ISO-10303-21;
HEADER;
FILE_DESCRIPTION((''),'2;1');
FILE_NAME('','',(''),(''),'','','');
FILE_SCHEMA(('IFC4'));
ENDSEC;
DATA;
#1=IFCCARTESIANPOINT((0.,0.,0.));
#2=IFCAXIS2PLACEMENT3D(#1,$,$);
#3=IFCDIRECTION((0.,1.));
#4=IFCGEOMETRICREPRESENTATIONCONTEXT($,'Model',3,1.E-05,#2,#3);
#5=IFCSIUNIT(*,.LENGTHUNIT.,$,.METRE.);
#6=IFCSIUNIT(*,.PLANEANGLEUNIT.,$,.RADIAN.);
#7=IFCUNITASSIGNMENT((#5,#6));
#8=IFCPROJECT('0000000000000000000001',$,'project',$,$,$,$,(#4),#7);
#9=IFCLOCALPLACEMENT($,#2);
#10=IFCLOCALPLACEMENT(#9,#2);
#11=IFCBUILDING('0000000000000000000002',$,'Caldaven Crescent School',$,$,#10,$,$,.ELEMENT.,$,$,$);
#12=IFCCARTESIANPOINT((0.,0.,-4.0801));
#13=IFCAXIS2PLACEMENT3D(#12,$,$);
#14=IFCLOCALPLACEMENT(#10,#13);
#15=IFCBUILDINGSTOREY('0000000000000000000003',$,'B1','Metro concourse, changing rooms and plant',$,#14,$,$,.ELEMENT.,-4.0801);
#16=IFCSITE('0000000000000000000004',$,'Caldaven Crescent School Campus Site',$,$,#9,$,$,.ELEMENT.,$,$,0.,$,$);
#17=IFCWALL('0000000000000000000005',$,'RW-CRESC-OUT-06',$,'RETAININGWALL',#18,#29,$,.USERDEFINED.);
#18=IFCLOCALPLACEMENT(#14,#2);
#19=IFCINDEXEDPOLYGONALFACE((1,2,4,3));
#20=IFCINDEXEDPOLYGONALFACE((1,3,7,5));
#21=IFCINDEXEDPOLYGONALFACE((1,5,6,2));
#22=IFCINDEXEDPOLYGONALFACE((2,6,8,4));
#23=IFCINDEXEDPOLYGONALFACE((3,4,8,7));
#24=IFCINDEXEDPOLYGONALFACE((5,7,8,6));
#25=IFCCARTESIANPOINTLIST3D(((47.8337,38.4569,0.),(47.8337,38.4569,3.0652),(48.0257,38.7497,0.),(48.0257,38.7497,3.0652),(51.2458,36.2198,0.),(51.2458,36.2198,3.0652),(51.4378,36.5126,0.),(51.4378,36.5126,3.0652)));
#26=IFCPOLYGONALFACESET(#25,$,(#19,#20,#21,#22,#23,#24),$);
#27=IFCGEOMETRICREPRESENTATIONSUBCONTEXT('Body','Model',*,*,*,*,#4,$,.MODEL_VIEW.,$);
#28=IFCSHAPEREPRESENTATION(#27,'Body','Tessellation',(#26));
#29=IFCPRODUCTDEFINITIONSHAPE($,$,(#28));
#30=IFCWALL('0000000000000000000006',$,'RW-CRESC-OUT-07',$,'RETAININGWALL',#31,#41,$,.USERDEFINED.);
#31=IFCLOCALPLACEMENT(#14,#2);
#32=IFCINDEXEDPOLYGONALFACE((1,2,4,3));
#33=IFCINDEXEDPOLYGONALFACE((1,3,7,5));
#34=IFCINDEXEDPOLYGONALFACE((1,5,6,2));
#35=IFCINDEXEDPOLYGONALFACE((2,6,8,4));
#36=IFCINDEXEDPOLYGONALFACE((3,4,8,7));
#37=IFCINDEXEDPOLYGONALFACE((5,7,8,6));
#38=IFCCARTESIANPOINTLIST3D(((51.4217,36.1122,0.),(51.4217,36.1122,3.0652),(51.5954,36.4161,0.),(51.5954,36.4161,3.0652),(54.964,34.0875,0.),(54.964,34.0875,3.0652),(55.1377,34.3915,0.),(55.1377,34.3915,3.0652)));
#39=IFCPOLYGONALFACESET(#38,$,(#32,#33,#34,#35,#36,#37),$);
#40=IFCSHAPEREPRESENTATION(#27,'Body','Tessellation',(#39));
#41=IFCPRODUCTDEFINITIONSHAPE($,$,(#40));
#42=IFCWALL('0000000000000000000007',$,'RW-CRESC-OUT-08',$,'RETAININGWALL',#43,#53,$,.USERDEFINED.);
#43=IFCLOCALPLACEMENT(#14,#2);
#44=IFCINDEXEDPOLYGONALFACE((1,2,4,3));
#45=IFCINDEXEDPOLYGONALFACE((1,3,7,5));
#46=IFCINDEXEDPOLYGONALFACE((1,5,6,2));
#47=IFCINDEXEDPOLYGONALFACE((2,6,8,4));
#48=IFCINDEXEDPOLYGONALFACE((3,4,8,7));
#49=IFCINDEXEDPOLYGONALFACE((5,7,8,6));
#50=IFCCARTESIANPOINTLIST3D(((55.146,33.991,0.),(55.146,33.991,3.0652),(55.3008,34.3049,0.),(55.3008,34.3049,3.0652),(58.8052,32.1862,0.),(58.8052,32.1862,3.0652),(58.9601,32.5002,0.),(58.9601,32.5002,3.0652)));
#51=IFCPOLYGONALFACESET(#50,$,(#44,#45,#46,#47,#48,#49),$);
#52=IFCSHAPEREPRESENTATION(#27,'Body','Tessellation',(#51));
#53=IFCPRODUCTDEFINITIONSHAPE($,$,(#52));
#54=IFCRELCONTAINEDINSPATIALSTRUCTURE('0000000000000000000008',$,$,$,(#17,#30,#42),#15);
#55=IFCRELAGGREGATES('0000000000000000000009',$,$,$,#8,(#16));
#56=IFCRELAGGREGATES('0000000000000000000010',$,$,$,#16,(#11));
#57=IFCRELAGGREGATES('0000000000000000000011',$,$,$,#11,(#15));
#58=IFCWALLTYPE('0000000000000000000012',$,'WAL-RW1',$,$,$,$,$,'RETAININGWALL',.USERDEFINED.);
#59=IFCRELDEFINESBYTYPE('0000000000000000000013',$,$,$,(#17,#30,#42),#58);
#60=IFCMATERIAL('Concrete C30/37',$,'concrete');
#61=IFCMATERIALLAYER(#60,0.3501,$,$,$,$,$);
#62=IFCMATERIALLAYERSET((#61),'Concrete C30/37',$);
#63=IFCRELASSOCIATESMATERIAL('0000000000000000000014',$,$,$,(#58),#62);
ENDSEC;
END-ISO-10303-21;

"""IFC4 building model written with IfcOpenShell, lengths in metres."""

from ifc_helpers import new_model, si_unit, direction, frame, frame_2d, origin, place, context, subcontext, project, spatial, rectangle, extrude, material, layer, layer_set, type_object, element, save


model = new_model("IFC4")

# Units and contexts
model_context = context("Model", 3, precision=1e-05, world=origin(), true_north=direction((0.0, 1.0)))
body_context = subcontext(model_context, "Body", "Model", "MODEL_VIEW")
ifc_project = project(units=[si_unit("LENGTHUNIT", "METRE"), si_unit("PLANEANGLEUNIT", "RADIAN")], contexts=[model_context])

# Site, building, storey
site_placement = place(None, origin())
site = spatial("IfcSite", under=ifc_project, at=site_placement, Name="Caldaven Crescent School Campus Site", CompositionType="ELEMENT", RefElevation=0.0)
building_placement = place(site_placement, origin())
building = spatial("IfcBuilding", under=site, at=building_placement, Name="Caldaven Crescent School", CompositionType="ELEMENT")
storey_placement = place(building_placement, frame((0.0, 0.0, -4.0801)))
storey = spatial("IfcBuildingStorey", under=building, at=storey_placement, Name="B1", Description="Metro concourse, changing rooms and plant", CompositionType="ELEMENT", Elevation=-4.0801)

# Shared definitions
ifc_material_1 = material(Name="Concrete C30/37", Category="concrete")

# Walls
ifc_layer = layer(ifc_material_1, 0.3501)
ifc_layer_set = layer_set([ifc_layer], Name="Concrete C30/37")
wall_type = type_object("IfcWallType", Name="WAL-RW1", ElementType="RETAININGWALL", PredefinedType="USERDEFINED", material=ifc_layer_set)
for number, where, z_axis, x_axis, name in (
    (1, (47.9297, 38.6033, 0.0), (0.0, 0.0, 1.0), (0.836288, -0.54829, 0.0), "RW-CRESC-OUT-06"),
    (2, (51.5085, 36.2642, 0.0), (0.0, 0.0, 1.0), (0.868188, -0.496236, 0.0), "RW-CRESC-OUT-07"),
    (3, (55.2234, 34.1479, 0.0), (0.0, 0.0, 1.0), (0.896855, -0.442324, 0.0), "RW-CRESC-OUT-08"),
):
    element("IfcWall", number, at=place(storey_placement, frame(where, z_axis=z_axis, x_axis=x_axis)), inside=storey, type_object=wall_type, Name=name, ObjectType="RETAININGWALL", PredefinedType="USERDEFINED", context=body_context, shape_type="SweptSolid", body=[
        extrude(rectangle(XDim=4.0801, YDim=0.3501, at=frame_2d((2.04, 0.0))), origin(), (0.0, 0.0, 1.0), 3.0652),
    ])

save(model, "model.ifc")
